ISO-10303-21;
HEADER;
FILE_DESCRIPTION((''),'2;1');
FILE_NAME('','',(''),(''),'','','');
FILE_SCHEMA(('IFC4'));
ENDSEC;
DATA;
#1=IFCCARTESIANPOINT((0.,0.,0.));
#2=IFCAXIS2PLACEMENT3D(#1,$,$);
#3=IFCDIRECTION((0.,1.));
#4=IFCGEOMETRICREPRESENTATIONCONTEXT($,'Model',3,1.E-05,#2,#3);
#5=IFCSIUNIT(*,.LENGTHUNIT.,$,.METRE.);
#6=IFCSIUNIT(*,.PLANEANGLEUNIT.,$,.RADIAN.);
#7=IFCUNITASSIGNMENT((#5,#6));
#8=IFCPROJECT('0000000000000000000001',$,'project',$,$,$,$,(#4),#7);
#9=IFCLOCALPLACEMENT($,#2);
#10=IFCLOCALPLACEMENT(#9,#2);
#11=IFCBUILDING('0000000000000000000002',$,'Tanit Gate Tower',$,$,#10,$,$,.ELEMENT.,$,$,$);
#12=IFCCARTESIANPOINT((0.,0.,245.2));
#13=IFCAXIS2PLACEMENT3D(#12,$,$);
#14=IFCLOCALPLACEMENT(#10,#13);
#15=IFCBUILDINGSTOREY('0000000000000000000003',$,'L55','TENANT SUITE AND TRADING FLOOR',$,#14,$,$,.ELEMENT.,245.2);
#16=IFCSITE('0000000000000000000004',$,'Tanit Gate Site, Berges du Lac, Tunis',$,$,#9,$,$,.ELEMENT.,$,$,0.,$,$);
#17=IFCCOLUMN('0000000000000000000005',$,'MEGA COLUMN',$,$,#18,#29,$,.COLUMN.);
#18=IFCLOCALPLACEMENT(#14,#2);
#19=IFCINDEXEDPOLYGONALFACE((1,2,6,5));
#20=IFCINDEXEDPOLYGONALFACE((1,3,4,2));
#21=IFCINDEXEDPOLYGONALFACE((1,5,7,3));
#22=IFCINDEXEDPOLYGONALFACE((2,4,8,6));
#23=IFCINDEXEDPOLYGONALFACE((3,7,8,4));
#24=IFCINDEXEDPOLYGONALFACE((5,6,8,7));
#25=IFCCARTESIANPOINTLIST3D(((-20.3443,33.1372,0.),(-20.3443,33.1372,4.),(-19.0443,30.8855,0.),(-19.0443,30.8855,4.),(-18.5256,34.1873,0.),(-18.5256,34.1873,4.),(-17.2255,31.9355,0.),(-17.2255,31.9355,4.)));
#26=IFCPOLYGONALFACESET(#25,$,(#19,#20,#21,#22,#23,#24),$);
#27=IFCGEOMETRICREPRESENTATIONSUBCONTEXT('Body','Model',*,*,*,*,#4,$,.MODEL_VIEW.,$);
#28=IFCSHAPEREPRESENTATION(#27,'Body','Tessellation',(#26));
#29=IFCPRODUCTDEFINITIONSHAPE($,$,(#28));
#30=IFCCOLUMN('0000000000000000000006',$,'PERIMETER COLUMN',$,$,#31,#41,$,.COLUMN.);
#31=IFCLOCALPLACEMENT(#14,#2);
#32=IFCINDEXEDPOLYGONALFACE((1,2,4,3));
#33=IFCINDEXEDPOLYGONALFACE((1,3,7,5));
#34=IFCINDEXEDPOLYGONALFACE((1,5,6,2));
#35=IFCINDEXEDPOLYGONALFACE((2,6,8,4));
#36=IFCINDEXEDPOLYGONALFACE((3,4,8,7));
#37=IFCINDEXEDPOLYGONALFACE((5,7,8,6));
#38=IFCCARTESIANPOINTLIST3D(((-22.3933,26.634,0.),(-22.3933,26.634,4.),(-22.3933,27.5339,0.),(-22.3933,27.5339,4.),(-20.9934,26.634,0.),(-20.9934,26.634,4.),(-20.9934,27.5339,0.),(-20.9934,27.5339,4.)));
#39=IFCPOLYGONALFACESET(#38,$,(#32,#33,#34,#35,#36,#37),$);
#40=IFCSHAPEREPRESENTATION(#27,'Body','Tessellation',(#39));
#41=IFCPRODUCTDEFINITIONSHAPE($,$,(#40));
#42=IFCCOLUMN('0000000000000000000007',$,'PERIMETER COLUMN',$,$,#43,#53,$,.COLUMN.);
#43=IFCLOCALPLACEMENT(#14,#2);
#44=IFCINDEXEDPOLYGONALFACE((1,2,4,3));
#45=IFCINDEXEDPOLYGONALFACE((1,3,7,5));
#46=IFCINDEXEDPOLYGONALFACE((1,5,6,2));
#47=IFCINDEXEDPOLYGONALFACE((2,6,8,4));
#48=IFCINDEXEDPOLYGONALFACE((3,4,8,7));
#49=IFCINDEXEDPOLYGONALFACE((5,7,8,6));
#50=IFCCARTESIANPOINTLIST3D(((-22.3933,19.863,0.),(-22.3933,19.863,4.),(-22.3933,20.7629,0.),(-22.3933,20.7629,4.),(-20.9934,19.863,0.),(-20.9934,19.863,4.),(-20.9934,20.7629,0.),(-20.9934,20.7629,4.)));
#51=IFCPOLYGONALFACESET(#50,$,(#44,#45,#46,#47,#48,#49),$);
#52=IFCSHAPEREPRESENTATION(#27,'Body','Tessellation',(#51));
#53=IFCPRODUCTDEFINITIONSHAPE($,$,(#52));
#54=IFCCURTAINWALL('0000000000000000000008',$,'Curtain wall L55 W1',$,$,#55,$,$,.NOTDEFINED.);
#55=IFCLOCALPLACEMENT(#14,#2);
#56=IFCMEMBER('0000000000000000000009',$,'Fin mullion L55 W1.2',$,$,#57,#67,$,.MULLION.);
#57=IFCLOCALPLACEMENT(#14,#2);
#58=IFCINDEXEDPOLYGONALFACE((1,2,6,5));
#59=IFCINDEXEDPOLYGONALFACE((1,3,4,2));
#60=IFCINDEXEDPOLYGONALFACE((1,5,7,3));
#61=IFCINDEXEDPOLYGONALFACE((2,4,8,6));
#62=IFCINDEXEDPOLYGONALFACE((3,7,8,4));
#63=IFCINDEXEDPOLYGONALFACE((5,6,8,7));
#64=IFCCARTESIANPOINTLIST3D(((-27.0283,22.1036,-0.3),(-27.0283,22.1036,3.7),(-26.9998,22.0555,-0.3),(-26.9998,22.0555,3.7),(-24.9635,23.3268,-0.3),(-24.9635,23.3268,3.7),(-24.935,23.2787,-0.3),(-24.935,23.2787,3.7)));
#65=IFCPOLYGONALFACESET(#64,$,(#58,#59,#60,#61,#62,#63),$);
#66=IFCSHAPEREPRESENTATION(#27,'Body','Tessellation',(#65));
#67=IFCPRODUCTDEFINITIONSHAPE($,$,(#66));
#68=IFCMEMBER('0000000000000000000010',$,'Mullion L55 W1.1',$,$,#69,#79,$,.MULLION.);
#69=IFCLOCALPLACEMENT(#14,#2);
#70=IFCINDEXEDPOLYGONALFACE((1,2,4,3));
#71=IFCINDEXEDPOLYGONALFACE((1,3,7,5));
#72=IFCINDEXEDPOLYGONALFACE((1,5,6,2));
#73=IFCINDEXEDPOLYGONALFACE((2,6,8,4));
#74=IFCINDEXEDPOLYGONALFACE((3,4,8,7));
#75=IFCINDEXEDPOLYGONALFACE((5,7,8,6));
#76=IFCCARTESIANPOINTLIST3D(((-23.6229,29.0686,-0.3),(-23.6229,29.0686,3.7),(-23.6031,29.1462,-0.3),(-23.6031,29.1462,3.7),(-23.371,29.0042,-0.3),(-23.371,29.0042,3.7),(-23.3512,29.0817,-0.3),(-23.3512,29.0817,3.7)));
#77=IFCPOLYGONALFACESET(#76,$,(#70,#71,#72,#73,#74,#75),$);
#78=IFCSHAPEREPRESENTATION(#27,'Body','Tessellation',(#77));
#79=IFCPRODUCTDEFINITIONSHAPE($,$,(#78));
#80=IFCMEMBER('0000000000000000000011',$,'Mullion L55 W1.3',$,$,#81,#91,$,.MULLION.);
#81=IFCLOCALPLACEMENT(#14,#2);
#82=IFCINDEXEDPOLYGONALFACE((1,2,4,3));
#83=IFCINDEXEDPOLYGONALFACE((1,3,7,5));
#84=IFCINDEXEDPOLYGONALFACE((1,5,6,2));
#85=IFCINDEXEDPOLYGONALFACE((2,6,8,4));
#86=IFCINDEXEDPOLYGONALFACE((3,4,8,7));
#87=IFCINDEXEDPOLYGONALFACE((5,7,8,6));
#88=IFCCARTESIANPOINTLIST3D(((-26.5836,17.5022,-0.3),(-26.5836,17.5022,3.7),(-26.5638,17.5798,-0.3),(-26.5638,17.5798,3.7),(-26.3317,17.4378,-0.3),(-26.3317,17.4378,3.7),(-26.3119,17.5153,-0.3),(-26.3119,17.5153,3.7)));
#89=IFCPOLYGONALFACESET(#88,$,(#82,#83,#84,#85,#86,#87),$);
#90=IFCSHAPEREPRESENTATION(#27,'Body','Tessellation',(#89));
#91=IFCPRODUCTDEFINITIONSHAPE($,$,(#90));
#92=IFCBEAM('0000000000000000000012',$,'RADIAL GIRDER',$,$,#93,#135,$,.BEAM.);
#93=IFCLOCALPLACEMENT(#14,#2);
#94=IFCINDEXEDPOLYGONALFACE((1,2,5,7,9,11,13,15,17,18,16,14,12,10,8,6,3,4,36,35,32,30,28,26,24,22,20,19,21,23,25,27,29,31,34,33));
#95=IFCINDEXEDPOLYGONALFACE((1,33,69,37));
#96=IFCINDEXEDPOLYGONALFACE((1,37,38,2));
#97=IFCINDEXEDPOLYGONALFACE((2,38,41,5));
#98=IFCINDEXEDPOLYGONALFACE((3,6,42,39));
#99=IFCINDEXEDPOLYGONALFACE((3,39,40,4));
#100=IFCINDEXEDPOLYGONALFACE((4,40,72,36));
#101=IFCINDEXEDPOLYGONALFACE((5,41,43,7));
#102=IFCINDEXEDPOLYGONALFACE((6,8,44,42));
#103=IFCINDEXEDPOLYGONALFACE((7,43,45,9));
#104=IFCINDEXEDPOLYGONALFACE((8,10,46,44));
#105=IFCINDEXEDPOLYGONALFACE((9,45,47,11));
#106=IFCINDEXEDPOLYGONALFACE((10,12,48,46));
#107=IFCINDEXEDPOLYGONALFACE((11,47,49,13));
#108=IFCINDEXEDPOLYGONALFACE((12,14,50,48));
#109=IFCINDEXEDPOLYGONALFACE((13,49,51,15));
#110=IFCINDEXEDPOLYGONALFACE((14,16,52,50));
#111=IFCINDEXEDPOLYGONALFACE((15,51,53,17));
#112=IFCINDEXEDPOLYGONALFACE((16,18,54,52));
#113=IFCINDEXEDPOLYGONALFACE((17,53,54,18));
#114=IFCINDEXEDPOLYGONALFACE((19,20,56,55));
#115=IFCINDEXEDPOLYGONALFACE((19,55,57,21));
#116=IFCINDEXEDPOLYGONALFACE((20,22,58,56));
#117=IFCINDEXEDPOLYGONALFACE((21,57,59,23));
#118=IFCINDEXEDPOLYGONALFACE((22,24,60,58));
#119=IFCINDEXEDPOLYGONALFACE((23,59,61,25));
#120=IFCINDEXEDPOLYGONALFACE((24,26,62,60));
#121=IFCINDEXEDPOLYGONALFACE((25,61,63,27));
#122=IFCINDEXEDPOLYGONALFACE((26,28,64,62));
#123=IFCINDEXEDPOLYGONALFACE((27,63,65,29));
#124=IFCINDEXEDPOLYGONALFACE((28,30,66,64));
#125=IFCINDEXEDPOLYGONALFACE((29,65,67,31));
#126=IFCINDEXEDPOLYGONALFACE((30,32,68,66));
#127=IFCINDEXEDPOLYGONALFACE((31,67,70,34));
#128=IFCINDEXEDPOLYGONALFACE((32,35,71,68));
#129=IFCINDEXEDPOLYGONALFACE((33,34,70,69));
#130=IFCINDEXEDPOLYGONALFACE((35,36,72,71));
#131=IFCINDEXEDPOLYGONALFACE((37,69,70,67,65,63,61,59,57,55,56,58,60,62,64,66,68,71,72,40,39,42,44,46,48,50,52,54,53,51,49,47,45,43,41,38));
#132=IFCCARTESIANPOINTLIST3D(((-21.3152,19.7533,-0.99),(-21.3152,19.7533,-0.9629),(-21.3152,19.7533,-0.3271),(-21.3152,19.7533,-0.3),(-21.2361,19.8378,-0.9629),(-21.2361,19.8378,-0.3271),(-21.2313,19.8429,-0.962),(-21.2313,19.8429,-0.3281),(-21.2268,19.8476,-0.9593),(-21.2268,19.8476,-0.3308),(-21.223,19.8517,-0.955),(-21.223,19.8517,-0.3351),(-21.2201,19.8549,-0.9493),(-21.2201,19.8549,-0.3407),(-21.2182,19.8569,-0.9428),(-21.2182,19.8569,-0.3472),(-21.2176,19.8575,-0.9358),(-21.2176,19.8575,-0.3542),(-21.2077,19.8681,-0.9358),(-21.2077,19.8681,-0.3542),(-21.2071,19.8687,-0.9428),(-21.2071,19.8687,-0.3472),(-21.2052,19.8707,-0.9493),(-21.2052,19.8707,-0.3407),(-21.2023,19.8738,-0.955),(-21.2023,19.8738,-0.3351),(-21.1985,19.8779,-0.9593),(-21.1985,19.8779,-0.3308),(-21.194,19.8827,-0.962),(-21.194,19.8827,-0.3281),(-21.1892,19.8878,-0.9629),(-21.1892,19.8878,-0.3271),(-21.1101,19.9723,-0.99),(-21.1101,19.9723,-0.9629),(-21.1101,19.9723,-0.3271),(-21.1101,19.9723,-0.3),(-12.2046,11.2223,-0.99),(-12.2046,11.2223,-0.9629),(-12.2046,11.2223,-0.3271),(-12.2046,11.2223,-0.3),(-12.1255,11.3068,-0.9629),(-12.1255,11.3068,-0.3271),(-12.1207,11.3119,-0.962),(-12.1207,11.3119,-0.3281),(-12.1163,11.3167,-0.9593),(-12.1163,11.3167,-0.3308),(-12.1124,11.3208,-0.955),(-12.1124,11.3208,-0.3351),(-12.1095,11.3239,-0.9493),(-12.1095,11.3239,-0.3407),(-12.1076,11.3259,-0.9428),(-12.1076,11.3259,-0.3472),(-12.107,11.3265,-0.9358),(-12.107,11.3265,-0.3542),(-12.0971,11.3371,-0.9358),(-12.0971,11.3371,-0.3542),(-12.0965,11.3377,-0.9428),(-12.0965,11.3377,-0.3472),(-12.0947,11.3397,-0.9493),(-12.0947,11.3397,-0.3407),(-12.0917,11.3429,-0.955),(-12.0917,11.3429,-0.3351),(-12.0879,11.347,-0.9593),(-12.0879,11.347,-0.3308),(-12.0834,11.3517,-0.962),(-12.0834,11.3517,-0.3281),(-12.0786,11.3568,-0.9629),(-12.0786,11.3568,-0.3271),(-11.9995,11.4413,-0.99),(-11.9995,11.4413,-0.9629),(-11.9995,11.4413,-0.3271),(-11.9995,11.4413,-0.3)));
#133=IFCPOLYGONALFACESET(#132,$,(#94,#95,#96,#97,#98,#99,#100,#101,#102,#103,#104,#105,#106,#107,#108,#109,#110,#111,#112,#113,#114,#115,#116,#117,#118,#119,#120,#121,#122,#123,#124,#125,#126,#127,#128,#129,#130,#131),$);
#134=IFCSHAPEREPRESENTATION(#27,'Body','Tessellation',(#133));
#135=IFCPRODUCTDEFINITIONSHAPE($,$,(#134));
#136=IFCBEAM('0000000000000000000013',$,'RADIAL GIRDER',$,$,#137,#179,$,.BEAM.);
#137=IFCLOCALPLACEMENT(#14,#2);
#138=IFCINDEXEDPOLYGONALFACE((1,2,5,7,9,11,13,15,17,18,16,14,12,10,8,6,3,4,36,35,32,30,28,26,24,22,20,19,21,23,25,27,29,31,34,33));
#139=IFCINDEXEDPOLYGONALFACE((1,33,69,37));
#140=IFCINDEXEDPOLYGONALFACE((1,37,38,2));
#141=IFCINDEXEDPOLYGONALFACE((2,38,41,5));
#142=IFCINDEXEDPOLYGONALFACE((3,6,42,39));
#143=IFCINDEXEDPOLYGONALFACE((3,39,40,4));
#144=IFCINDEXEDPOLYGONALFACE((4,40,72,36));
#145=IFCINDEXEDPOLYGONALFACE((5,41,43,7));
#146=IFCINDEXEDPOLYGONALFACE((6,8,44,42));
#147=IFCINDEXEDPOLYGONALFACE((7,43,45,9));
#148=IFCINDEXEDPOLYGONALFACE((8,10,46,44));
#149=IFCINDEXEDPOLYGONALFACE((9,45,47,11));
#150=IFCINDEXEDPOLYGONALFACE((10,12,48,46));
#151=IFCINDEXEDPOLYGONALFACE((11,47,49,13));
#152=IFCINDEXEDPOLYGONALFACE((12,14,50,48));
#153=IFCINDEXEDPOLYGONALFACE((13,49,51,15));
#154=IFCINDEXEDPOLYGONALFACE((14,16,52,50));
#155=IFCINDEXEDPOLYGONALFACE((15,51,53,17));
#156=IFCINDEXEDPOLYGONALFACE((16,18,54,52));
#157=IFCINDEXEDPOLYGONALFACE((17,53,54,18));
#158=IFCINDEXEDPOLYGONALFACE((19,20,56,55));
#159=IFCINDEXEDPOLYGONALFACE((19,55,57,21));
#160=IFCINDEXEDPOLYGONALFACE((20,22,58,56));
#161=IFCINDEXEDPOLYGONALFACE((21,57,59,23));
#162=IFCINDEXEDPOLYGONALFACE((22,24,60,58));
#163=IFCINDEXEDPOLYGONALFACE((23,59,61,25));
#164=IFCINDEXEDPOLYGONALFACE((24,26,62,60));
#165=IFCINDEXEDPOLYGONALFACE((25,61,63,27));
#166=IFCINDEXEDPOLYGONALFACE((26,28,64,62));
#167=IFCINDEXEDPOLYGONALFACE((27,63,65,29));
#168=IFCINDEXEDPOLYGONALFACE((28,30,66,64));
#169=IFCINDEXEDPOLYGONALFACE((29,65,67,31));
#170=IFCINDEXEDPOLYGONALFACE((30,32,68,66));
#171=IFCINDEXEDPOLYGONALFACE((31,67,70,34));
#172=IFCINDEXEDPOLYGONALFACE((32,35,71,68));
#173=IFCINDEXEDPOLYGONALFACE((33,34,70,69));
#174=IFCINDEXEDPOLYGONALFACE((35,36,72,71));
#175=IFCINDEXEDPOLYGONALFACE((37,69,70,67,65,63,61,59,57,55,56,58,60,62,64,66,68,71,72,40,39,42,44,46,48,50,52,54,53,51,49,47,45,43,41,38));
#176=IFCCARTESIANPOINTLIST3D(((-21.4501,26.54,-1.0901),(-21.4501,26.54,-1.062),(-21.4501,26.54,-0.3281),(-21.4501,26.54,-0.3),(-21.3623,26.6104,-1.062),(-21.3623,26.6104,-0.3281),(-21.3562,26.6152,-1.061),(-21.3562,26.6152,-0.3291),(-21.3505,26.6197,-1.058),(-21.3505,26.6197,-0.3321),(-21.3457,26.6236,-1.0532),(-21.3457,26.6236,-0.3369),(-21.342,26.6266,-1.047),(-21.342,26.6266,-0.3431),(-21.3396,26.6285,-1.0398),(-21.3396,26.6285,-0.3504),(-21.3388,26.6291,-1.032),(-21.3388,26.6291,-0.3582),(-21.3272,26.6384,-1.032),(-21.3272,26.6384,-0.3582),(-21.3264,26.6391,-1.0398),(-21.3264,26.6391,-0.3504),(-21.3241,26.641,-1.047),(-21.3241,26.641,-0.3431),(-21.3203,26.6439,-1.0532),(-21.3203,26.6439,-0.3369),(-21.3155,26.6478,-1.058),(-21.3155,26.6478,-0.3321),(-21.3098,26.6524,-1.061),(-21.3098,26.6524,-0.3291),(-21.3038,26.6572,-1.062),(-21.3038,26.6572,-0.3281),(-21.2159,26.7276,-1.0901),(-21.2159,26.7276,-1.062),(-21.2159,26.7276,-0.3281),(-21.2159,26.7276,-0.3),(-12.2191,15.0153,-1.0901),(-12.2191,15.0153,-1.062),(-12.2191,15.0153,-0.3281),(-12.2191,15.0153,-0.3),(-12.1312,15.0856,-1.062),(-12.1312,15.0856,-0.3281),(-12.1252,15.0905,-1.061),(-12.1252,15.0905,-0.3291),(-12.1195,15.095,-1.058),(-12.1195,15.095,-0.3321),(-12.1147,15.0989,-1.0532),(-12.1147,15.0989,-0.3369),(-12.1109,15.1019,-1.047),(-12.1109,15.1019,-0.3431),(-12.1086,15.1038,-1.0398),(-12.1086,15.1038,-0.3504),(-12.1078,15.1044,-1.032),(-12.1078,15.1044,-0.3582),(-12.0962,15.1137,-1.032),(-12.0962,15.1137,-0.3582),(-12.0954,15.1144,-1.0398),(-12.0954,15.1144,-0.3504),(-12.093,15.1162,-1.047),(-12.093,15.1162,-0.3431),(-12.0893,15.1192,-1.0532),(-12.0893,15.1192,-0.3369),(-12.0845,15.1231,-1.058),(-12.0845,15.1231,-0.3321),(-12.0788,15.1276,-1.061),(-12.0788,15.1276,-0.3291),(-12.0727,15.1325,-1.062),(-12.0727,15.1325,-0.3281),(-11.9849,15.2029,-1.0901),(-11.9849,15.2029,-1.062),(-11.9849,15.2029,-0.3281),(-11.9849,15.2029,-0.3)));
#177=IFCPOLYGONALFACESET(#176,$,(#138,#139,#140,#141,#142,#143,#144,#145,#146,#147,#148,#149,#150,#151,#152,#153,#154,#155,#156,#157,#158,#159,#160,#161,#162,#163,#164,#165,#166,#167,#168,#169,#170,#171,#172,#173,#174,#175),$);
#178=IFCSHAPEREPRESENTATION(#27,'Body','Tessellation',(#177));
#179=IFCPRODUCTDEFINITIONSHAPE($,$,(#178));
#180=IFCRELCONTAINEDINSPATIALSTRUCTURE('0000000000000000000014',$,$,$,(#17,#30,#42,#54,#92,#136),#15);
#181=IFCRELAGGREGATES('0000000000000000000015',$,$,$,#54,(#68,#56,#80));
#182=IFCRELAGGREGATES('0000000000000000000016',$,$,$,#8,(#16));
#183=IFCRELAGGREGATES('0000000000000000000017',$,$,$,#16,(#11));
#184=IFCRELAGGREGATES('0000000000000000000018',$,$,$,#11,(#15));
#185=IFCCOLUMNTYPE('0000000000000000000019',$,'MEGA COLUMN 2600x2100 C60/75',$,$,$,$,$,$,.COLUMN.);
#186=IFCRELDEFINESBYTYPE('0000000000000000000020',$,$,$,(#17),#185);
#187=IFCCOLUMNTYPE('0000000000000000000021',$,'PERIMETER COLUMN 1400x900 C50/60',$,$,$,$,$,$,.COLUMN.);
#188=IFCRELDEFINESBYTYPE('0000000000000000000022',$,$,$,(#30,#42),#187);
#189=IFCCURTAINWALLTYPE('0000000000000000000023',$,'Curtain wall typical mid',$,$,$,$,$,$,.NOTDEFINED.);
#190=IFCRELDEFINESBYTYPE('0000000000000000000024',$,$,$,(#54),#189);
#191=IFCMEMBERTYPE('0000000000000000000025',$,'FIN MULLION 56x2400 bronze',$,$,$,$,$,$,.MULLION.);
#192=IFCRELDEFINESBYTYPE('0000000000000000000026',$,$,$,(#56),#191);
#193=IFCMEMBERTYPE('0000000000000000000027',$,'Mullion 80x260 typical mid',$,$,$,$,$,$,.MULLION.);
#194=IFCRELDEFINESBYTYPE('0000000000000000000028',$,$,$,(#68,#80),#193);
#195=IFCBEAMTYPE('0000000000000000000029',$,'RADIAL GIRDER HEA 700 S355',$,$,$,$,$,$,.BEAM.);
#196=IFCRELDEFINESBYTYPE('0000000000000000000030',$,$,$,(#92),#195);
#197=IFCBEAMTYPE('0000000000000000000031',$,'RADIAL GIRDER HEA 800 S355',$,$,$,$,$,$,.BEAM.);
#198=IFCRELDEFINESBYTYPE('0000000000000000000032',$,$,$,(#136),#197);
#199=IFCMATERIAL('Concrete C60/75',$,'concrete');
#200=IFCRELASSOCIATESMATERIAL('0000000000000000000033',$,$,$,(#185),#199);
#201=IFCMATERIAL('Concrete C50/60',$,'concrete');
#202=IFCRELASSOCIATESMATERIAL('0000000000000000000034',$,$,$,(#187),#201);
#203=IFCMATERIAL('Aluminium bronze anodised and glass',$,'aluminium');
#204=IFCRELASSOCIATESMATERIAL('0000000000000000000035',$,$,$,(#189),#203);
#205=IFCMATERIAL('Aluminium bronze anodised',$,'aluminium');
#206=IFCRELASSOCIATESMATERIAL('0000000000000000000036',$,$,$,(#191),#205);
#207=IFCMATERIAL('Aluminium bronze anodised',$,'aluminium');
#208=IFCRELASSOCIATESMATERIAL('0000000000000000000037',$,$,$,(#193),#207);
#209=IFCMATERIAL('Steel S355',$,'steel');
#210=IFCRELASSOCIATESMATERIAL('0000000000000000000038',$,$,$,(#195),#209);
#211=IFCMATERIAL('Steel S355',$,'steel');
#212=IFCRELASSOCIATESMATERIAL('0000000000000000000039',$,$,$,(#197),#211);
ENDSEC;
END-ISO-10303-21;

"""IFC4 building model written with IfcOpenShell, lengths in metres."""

from ifc_helpers import new_model, si_unit, direction, frame, origin, origin_2d, place, context, subcontext, project, spatial, rectangle, i_section, extrude, material, material_profile, profile_set, type_object, element, aggregate, save


model = new_model("IFC4")

# Units and contexts
model_context = context("Model", 3, precision=1e-05, world=origin(), true_north=direction((0.0, 1.0)))
body_context = subcontext(model_context, "Body", "Model", "MODEL_VIEW")
ifc_project = project(units=[si_unit("LENGTHUNIT", "METRE"), si_unit("PLANEANGLEUNIT", "RADIAN")], contexts=[model_context])

# Site, building, storey
site_placement = place(None, origin())
site = spatial("IfcSite", under=ifc_project, at=site_placement, Name="Tanit Gate Site, Berges du Lac, Tunis", CompositionType="ELEMENT", RefElevation=0.0)
building_placement = place(site_placement, origin())
building = spatial("IfcBuilding", under=site, at=building_placement, Name="Tanit Gate Tower", CompositionType="ELEMENT")
storey_placement = place(building_placement, frame((0.0, 0.0, 245.2)))
storey = spatial("IfcBuildingStorey", under=building, at=storey_placement, Name="L55", Description="TENANT SUITE AND TRADING FLOOR", CompositionType="ELEMENT", Elevation=245.2)

# Columns
ifc_material_1 = material(Name="Concrete C60/75", Category="concrete")
ifc_material_profile_1 = material_profile(ifc_material_1, rectangle(XDim=2.6001, YDim=2.1001, at=origin_2d()), Name="RC 2600x2100")
ifc_profile_set_1 = profile_set([ifc_material_profile_1], Name="Concrete C60/75")
column_type_1 = type_object("IfcColumnType", Name="MEGA COLUMN 2600x2100 C60/75", PredefinedType="COLUMN", material=ifc_profile_set_1)
column_placement = place(storey_placement, frame((-18.7849, 32.5364, 0.0), z_axis=(0.0, 0.0, 1.0), x_axis=(-0.5, 0.866025, 0.0)))
element("IfcColumn", 1, at=column_placement, inside=storey, type_object=column_type_1, Name="MEGA COLUMN", PredefinedType="COLUMN", context=body_context, shape_type="SweptSolid", body=[
    extrude(rectangle(XDim=2.6001, YDim=2.1001, at=origin_2d()), origin(), (0.0, 0.0, 1.0), 4.0),
])
ifc_material_2 = material(Name="Concrete C50/60", Category="concrete")
ifc_material_profile_2 = material_profile(ifc_material_2, rectangle(XDim=1.3999, YDim=0.8999, at=origin_2d()), Name="RC 1400x900")
ifc_profile_set_2 = profile_set([ifc_material_profile_2], Name="Concrete C50/60")
column_type_2 = type_object("IfcColumnType", Name="PERIMETER COLUMN 1400x900 C50/60", PredefinedType="COLUMN", material=ifc_profile_set_2)
for number, where, z_axis, x_axis, name in (
    (2, (-21.6934, 27.084, 0.0), (0.0, 0.0, 1.0), (-1.0, 0.0, 0.0), "PERIMETER COLUMN"),
    (3, (-21.6934, 20.313, 0.0), (0.0, 0.0, 1.0), (-1.0, 0.0, 0.0), "PERIMETER COLUMN"),
):
    element("IfcColumn", number, at=place(storey_placement, frame(where, z_axis=z_axis, x_axis=x_axis)), inside=storey, type_object=column_type_2, Name=name, PredefinedType="COLUMN", context=body_context, shape_type="SweptSolid", body=[
        extrude(rectangle(XDim=1.3999, YDim=0.8999, at=origin_2d()), origin(), (0.0, 0.0, 1.0), 4.0),
    ])

# Curtain wall, members
ifc_material_3 = material(Name="Aluminium bronze anodised and glass", Category="aluminium")
curtain_wall_type = type_object("IfcCurtainWallType", Name="Curtain wall typical mid", PredefinedType="NOTDEFINED", material=ifc_material_3)
curtain_wall_placement = place(storey_placement, origin())
curtain_wall = element("IfcCurtainWall", 4, at=curtain_wall_placement, inside=storey, type_object=curtain_wall_type, Name="Curtain wall L55 W1", PredefinedType="NOTDEFINED")
ifc_material_4 = material(Name="Aluminium bronze anodised", Category="aluminium")
ifc_material_profile_3 = material_profile(ifc_material_4, rectangle(XDim=2.3999, YDim=0.0559, at=origin_2d()), Name="56x2400 bronze fin mullion")
ifc_profile_set_3 = profile_set([ifc_material_profile_3], Name="Aluminium bronze anodised")
member_type_1 = type_object("IfcMemberType", Name="FIN MULLION 56x2400 bronze", PredefinedType="MULLION", material=ifc_profile_set_3)
member_1_placement = place(storey_placement, frame((-25.9817, 22.6912, -0.3), z_axis=(0.0, 0.0, 1.0), x_axis=(0.860366, 0.509678, 0.0)))
member_1 = element("IfcMember", 5, at=member_1_placement, type_object=member_type_1, Name="Fin mullion L55 W1.2", PredefinedType="MULLION", context=body_context, shape_type="SweptSolid", body=[
    extrude(rectangle(XDim=2.3999, YDim=0.0559, at=origin_2d()), origin(), (0.0, 0.0, 1.0), 4.0),
])
ifc_material_5 = material(Name="Aluminium bronze anodised", Category="aluminium")
ifc_material_profile_4 = material_profile(ifc_material_5, rectangle(XDim=0.26, YDim=0.0801, at=origin_2d()), Name="80x260 bronze mullion")
ifc_profile_set_4 = profile_set([ifc_material_profile_4], Name="Aluminium bronze anodised")
member_type_2 = type_object("IfcMemberType", Name="Mullion 80x260 typical mid", PredefinedType="MULLION", material=ifc_profile_set_4)
member_2_placement = place(storey_placement, frame((-23.4871, 29.0752, -0.3), z_axis=(0.0, 0.0, 1.0), x_axis=(0.968767, -0.247974, 0.0)))
member_2 = element("IfcMember", 6, at=member_2_placement, type_object=member_type_2, Name="Mullion L55 W1.1", PredefinedType="MULLION", context=body_context, shape_type="SweptSolid", body=[
    extrude(rectangle(XDim=0.26, YDim=0.0801, at=origin_2d()), origin(), (0.0, 0.0, 1.0), 4.0),
])
member_3_placement = place(storey_placement, frame((-26.4478, 17.5088, -0.3), z_axis=(0.0, 0.0, 1.0), x_axis=(0.968767, -0.247974, 0.0)))
member_3 = element("IfcMember", 7, at=member_3_placement, type_object=member_type_2, Name="Mullion L55 W1.3", PredefinedType="MULLION", context=body_context, shape_type="SweptSolid", body=[
    extrude(rectangle(XDim=0.26, YDim=0.0801, at=origin_2d()), origin(), (0.0, 0.0, 1.0), 4.0),
])

# Beams
ifc_material_6 = material(Name="Steel S355", Category="steel")
ifc_material_profile_5 = material_profile(ifc_material_6, i_section(OverallWidth=0.3, OverallDepth=0.6899, WebThickness=0.0144, FlangeThickness=0.0271, FilletRadius=0.0271, at=origin_2d()), Name="HEA 700")
ifc_profile_set_5 = profile_set([ifc_material_profile_5], Name="Steel S355")
beam_type_1 = type_object("IfcBeamType", Name="RADIAL GIRDER HEA 700 S355", PredefinedType="BEAM", material=ifc_profile_set_5)
beam_1_placement = place(storey_placement, frame((-21.2126, 19.8628, -0.645), z_axis=(0.729944, -0.683507, 0.0), x_axis=(0.683507, 0.729944, 0.0)))
element("IfcBeam", 8, at=beam_1_placement, inside=storey, type_object=beam_type_1, Name="RADIAL GIRDER", PredefinedType="BEAM", context=body_context, shape_type="SweptSolid", body=[
    extrude(i_section(OverallWidth=0.3, OverallDepth=0.6899, WebThickness=0.0144, FlangeThickness=0.0271, FilletRadius=0.0271, at=origin_2d()), origin(), (0.0, 0.0, 1.0), 12.4812),
])
ifc_material_7 = material(Name="Steel S355", Category="steel")
ifc_material_profile_6 = material_profile(ifc_material_7, i_section(OverallWidth=0.3, OverallDepth=0.79, WebThickness=0.0149, FlangeThickness=0.0281, FilletRadius=0.03, at=origin_2d()), Name="HEA 800")
ifc_profile_set_6 = profile_set([ifc_material_profile_6], Name="Steel S355")
beam_type_2 = type_object("IfcBeamType", Name="RADIAL GIRDER HEA 800 S355", PredefinedType="BEAM", material=ifc_profile_set_6)
beam_2_placement = place(storey_placement, frame((-21.333, 26.6338, -0.6951), z_axis=(0.625159, -0.780498, 0.0), x_axis=(0.780498, 0.625159, 0.0)))
element("IfcBeam", 9, at=beam_2_placement, inside=storey, type_object=beam_type_2, Name="RADIAL GIRDER", PredefinedType="BEAM", context=body_context, shape_type="SweptSolid", body=[
    extrude(i_section(OverallWidth=0.3, OverallDepth=0.79, WebThickness=0.0149, FlangeThickness=0.0281, FilletRadius=0.03, at=origin_2d()), origin(), (0.0, 0.0, 1.0), 14.7659),
])

aggregate(curtain_wall, [member_2, member_1, member_3])

save(model, "model.ifc")
